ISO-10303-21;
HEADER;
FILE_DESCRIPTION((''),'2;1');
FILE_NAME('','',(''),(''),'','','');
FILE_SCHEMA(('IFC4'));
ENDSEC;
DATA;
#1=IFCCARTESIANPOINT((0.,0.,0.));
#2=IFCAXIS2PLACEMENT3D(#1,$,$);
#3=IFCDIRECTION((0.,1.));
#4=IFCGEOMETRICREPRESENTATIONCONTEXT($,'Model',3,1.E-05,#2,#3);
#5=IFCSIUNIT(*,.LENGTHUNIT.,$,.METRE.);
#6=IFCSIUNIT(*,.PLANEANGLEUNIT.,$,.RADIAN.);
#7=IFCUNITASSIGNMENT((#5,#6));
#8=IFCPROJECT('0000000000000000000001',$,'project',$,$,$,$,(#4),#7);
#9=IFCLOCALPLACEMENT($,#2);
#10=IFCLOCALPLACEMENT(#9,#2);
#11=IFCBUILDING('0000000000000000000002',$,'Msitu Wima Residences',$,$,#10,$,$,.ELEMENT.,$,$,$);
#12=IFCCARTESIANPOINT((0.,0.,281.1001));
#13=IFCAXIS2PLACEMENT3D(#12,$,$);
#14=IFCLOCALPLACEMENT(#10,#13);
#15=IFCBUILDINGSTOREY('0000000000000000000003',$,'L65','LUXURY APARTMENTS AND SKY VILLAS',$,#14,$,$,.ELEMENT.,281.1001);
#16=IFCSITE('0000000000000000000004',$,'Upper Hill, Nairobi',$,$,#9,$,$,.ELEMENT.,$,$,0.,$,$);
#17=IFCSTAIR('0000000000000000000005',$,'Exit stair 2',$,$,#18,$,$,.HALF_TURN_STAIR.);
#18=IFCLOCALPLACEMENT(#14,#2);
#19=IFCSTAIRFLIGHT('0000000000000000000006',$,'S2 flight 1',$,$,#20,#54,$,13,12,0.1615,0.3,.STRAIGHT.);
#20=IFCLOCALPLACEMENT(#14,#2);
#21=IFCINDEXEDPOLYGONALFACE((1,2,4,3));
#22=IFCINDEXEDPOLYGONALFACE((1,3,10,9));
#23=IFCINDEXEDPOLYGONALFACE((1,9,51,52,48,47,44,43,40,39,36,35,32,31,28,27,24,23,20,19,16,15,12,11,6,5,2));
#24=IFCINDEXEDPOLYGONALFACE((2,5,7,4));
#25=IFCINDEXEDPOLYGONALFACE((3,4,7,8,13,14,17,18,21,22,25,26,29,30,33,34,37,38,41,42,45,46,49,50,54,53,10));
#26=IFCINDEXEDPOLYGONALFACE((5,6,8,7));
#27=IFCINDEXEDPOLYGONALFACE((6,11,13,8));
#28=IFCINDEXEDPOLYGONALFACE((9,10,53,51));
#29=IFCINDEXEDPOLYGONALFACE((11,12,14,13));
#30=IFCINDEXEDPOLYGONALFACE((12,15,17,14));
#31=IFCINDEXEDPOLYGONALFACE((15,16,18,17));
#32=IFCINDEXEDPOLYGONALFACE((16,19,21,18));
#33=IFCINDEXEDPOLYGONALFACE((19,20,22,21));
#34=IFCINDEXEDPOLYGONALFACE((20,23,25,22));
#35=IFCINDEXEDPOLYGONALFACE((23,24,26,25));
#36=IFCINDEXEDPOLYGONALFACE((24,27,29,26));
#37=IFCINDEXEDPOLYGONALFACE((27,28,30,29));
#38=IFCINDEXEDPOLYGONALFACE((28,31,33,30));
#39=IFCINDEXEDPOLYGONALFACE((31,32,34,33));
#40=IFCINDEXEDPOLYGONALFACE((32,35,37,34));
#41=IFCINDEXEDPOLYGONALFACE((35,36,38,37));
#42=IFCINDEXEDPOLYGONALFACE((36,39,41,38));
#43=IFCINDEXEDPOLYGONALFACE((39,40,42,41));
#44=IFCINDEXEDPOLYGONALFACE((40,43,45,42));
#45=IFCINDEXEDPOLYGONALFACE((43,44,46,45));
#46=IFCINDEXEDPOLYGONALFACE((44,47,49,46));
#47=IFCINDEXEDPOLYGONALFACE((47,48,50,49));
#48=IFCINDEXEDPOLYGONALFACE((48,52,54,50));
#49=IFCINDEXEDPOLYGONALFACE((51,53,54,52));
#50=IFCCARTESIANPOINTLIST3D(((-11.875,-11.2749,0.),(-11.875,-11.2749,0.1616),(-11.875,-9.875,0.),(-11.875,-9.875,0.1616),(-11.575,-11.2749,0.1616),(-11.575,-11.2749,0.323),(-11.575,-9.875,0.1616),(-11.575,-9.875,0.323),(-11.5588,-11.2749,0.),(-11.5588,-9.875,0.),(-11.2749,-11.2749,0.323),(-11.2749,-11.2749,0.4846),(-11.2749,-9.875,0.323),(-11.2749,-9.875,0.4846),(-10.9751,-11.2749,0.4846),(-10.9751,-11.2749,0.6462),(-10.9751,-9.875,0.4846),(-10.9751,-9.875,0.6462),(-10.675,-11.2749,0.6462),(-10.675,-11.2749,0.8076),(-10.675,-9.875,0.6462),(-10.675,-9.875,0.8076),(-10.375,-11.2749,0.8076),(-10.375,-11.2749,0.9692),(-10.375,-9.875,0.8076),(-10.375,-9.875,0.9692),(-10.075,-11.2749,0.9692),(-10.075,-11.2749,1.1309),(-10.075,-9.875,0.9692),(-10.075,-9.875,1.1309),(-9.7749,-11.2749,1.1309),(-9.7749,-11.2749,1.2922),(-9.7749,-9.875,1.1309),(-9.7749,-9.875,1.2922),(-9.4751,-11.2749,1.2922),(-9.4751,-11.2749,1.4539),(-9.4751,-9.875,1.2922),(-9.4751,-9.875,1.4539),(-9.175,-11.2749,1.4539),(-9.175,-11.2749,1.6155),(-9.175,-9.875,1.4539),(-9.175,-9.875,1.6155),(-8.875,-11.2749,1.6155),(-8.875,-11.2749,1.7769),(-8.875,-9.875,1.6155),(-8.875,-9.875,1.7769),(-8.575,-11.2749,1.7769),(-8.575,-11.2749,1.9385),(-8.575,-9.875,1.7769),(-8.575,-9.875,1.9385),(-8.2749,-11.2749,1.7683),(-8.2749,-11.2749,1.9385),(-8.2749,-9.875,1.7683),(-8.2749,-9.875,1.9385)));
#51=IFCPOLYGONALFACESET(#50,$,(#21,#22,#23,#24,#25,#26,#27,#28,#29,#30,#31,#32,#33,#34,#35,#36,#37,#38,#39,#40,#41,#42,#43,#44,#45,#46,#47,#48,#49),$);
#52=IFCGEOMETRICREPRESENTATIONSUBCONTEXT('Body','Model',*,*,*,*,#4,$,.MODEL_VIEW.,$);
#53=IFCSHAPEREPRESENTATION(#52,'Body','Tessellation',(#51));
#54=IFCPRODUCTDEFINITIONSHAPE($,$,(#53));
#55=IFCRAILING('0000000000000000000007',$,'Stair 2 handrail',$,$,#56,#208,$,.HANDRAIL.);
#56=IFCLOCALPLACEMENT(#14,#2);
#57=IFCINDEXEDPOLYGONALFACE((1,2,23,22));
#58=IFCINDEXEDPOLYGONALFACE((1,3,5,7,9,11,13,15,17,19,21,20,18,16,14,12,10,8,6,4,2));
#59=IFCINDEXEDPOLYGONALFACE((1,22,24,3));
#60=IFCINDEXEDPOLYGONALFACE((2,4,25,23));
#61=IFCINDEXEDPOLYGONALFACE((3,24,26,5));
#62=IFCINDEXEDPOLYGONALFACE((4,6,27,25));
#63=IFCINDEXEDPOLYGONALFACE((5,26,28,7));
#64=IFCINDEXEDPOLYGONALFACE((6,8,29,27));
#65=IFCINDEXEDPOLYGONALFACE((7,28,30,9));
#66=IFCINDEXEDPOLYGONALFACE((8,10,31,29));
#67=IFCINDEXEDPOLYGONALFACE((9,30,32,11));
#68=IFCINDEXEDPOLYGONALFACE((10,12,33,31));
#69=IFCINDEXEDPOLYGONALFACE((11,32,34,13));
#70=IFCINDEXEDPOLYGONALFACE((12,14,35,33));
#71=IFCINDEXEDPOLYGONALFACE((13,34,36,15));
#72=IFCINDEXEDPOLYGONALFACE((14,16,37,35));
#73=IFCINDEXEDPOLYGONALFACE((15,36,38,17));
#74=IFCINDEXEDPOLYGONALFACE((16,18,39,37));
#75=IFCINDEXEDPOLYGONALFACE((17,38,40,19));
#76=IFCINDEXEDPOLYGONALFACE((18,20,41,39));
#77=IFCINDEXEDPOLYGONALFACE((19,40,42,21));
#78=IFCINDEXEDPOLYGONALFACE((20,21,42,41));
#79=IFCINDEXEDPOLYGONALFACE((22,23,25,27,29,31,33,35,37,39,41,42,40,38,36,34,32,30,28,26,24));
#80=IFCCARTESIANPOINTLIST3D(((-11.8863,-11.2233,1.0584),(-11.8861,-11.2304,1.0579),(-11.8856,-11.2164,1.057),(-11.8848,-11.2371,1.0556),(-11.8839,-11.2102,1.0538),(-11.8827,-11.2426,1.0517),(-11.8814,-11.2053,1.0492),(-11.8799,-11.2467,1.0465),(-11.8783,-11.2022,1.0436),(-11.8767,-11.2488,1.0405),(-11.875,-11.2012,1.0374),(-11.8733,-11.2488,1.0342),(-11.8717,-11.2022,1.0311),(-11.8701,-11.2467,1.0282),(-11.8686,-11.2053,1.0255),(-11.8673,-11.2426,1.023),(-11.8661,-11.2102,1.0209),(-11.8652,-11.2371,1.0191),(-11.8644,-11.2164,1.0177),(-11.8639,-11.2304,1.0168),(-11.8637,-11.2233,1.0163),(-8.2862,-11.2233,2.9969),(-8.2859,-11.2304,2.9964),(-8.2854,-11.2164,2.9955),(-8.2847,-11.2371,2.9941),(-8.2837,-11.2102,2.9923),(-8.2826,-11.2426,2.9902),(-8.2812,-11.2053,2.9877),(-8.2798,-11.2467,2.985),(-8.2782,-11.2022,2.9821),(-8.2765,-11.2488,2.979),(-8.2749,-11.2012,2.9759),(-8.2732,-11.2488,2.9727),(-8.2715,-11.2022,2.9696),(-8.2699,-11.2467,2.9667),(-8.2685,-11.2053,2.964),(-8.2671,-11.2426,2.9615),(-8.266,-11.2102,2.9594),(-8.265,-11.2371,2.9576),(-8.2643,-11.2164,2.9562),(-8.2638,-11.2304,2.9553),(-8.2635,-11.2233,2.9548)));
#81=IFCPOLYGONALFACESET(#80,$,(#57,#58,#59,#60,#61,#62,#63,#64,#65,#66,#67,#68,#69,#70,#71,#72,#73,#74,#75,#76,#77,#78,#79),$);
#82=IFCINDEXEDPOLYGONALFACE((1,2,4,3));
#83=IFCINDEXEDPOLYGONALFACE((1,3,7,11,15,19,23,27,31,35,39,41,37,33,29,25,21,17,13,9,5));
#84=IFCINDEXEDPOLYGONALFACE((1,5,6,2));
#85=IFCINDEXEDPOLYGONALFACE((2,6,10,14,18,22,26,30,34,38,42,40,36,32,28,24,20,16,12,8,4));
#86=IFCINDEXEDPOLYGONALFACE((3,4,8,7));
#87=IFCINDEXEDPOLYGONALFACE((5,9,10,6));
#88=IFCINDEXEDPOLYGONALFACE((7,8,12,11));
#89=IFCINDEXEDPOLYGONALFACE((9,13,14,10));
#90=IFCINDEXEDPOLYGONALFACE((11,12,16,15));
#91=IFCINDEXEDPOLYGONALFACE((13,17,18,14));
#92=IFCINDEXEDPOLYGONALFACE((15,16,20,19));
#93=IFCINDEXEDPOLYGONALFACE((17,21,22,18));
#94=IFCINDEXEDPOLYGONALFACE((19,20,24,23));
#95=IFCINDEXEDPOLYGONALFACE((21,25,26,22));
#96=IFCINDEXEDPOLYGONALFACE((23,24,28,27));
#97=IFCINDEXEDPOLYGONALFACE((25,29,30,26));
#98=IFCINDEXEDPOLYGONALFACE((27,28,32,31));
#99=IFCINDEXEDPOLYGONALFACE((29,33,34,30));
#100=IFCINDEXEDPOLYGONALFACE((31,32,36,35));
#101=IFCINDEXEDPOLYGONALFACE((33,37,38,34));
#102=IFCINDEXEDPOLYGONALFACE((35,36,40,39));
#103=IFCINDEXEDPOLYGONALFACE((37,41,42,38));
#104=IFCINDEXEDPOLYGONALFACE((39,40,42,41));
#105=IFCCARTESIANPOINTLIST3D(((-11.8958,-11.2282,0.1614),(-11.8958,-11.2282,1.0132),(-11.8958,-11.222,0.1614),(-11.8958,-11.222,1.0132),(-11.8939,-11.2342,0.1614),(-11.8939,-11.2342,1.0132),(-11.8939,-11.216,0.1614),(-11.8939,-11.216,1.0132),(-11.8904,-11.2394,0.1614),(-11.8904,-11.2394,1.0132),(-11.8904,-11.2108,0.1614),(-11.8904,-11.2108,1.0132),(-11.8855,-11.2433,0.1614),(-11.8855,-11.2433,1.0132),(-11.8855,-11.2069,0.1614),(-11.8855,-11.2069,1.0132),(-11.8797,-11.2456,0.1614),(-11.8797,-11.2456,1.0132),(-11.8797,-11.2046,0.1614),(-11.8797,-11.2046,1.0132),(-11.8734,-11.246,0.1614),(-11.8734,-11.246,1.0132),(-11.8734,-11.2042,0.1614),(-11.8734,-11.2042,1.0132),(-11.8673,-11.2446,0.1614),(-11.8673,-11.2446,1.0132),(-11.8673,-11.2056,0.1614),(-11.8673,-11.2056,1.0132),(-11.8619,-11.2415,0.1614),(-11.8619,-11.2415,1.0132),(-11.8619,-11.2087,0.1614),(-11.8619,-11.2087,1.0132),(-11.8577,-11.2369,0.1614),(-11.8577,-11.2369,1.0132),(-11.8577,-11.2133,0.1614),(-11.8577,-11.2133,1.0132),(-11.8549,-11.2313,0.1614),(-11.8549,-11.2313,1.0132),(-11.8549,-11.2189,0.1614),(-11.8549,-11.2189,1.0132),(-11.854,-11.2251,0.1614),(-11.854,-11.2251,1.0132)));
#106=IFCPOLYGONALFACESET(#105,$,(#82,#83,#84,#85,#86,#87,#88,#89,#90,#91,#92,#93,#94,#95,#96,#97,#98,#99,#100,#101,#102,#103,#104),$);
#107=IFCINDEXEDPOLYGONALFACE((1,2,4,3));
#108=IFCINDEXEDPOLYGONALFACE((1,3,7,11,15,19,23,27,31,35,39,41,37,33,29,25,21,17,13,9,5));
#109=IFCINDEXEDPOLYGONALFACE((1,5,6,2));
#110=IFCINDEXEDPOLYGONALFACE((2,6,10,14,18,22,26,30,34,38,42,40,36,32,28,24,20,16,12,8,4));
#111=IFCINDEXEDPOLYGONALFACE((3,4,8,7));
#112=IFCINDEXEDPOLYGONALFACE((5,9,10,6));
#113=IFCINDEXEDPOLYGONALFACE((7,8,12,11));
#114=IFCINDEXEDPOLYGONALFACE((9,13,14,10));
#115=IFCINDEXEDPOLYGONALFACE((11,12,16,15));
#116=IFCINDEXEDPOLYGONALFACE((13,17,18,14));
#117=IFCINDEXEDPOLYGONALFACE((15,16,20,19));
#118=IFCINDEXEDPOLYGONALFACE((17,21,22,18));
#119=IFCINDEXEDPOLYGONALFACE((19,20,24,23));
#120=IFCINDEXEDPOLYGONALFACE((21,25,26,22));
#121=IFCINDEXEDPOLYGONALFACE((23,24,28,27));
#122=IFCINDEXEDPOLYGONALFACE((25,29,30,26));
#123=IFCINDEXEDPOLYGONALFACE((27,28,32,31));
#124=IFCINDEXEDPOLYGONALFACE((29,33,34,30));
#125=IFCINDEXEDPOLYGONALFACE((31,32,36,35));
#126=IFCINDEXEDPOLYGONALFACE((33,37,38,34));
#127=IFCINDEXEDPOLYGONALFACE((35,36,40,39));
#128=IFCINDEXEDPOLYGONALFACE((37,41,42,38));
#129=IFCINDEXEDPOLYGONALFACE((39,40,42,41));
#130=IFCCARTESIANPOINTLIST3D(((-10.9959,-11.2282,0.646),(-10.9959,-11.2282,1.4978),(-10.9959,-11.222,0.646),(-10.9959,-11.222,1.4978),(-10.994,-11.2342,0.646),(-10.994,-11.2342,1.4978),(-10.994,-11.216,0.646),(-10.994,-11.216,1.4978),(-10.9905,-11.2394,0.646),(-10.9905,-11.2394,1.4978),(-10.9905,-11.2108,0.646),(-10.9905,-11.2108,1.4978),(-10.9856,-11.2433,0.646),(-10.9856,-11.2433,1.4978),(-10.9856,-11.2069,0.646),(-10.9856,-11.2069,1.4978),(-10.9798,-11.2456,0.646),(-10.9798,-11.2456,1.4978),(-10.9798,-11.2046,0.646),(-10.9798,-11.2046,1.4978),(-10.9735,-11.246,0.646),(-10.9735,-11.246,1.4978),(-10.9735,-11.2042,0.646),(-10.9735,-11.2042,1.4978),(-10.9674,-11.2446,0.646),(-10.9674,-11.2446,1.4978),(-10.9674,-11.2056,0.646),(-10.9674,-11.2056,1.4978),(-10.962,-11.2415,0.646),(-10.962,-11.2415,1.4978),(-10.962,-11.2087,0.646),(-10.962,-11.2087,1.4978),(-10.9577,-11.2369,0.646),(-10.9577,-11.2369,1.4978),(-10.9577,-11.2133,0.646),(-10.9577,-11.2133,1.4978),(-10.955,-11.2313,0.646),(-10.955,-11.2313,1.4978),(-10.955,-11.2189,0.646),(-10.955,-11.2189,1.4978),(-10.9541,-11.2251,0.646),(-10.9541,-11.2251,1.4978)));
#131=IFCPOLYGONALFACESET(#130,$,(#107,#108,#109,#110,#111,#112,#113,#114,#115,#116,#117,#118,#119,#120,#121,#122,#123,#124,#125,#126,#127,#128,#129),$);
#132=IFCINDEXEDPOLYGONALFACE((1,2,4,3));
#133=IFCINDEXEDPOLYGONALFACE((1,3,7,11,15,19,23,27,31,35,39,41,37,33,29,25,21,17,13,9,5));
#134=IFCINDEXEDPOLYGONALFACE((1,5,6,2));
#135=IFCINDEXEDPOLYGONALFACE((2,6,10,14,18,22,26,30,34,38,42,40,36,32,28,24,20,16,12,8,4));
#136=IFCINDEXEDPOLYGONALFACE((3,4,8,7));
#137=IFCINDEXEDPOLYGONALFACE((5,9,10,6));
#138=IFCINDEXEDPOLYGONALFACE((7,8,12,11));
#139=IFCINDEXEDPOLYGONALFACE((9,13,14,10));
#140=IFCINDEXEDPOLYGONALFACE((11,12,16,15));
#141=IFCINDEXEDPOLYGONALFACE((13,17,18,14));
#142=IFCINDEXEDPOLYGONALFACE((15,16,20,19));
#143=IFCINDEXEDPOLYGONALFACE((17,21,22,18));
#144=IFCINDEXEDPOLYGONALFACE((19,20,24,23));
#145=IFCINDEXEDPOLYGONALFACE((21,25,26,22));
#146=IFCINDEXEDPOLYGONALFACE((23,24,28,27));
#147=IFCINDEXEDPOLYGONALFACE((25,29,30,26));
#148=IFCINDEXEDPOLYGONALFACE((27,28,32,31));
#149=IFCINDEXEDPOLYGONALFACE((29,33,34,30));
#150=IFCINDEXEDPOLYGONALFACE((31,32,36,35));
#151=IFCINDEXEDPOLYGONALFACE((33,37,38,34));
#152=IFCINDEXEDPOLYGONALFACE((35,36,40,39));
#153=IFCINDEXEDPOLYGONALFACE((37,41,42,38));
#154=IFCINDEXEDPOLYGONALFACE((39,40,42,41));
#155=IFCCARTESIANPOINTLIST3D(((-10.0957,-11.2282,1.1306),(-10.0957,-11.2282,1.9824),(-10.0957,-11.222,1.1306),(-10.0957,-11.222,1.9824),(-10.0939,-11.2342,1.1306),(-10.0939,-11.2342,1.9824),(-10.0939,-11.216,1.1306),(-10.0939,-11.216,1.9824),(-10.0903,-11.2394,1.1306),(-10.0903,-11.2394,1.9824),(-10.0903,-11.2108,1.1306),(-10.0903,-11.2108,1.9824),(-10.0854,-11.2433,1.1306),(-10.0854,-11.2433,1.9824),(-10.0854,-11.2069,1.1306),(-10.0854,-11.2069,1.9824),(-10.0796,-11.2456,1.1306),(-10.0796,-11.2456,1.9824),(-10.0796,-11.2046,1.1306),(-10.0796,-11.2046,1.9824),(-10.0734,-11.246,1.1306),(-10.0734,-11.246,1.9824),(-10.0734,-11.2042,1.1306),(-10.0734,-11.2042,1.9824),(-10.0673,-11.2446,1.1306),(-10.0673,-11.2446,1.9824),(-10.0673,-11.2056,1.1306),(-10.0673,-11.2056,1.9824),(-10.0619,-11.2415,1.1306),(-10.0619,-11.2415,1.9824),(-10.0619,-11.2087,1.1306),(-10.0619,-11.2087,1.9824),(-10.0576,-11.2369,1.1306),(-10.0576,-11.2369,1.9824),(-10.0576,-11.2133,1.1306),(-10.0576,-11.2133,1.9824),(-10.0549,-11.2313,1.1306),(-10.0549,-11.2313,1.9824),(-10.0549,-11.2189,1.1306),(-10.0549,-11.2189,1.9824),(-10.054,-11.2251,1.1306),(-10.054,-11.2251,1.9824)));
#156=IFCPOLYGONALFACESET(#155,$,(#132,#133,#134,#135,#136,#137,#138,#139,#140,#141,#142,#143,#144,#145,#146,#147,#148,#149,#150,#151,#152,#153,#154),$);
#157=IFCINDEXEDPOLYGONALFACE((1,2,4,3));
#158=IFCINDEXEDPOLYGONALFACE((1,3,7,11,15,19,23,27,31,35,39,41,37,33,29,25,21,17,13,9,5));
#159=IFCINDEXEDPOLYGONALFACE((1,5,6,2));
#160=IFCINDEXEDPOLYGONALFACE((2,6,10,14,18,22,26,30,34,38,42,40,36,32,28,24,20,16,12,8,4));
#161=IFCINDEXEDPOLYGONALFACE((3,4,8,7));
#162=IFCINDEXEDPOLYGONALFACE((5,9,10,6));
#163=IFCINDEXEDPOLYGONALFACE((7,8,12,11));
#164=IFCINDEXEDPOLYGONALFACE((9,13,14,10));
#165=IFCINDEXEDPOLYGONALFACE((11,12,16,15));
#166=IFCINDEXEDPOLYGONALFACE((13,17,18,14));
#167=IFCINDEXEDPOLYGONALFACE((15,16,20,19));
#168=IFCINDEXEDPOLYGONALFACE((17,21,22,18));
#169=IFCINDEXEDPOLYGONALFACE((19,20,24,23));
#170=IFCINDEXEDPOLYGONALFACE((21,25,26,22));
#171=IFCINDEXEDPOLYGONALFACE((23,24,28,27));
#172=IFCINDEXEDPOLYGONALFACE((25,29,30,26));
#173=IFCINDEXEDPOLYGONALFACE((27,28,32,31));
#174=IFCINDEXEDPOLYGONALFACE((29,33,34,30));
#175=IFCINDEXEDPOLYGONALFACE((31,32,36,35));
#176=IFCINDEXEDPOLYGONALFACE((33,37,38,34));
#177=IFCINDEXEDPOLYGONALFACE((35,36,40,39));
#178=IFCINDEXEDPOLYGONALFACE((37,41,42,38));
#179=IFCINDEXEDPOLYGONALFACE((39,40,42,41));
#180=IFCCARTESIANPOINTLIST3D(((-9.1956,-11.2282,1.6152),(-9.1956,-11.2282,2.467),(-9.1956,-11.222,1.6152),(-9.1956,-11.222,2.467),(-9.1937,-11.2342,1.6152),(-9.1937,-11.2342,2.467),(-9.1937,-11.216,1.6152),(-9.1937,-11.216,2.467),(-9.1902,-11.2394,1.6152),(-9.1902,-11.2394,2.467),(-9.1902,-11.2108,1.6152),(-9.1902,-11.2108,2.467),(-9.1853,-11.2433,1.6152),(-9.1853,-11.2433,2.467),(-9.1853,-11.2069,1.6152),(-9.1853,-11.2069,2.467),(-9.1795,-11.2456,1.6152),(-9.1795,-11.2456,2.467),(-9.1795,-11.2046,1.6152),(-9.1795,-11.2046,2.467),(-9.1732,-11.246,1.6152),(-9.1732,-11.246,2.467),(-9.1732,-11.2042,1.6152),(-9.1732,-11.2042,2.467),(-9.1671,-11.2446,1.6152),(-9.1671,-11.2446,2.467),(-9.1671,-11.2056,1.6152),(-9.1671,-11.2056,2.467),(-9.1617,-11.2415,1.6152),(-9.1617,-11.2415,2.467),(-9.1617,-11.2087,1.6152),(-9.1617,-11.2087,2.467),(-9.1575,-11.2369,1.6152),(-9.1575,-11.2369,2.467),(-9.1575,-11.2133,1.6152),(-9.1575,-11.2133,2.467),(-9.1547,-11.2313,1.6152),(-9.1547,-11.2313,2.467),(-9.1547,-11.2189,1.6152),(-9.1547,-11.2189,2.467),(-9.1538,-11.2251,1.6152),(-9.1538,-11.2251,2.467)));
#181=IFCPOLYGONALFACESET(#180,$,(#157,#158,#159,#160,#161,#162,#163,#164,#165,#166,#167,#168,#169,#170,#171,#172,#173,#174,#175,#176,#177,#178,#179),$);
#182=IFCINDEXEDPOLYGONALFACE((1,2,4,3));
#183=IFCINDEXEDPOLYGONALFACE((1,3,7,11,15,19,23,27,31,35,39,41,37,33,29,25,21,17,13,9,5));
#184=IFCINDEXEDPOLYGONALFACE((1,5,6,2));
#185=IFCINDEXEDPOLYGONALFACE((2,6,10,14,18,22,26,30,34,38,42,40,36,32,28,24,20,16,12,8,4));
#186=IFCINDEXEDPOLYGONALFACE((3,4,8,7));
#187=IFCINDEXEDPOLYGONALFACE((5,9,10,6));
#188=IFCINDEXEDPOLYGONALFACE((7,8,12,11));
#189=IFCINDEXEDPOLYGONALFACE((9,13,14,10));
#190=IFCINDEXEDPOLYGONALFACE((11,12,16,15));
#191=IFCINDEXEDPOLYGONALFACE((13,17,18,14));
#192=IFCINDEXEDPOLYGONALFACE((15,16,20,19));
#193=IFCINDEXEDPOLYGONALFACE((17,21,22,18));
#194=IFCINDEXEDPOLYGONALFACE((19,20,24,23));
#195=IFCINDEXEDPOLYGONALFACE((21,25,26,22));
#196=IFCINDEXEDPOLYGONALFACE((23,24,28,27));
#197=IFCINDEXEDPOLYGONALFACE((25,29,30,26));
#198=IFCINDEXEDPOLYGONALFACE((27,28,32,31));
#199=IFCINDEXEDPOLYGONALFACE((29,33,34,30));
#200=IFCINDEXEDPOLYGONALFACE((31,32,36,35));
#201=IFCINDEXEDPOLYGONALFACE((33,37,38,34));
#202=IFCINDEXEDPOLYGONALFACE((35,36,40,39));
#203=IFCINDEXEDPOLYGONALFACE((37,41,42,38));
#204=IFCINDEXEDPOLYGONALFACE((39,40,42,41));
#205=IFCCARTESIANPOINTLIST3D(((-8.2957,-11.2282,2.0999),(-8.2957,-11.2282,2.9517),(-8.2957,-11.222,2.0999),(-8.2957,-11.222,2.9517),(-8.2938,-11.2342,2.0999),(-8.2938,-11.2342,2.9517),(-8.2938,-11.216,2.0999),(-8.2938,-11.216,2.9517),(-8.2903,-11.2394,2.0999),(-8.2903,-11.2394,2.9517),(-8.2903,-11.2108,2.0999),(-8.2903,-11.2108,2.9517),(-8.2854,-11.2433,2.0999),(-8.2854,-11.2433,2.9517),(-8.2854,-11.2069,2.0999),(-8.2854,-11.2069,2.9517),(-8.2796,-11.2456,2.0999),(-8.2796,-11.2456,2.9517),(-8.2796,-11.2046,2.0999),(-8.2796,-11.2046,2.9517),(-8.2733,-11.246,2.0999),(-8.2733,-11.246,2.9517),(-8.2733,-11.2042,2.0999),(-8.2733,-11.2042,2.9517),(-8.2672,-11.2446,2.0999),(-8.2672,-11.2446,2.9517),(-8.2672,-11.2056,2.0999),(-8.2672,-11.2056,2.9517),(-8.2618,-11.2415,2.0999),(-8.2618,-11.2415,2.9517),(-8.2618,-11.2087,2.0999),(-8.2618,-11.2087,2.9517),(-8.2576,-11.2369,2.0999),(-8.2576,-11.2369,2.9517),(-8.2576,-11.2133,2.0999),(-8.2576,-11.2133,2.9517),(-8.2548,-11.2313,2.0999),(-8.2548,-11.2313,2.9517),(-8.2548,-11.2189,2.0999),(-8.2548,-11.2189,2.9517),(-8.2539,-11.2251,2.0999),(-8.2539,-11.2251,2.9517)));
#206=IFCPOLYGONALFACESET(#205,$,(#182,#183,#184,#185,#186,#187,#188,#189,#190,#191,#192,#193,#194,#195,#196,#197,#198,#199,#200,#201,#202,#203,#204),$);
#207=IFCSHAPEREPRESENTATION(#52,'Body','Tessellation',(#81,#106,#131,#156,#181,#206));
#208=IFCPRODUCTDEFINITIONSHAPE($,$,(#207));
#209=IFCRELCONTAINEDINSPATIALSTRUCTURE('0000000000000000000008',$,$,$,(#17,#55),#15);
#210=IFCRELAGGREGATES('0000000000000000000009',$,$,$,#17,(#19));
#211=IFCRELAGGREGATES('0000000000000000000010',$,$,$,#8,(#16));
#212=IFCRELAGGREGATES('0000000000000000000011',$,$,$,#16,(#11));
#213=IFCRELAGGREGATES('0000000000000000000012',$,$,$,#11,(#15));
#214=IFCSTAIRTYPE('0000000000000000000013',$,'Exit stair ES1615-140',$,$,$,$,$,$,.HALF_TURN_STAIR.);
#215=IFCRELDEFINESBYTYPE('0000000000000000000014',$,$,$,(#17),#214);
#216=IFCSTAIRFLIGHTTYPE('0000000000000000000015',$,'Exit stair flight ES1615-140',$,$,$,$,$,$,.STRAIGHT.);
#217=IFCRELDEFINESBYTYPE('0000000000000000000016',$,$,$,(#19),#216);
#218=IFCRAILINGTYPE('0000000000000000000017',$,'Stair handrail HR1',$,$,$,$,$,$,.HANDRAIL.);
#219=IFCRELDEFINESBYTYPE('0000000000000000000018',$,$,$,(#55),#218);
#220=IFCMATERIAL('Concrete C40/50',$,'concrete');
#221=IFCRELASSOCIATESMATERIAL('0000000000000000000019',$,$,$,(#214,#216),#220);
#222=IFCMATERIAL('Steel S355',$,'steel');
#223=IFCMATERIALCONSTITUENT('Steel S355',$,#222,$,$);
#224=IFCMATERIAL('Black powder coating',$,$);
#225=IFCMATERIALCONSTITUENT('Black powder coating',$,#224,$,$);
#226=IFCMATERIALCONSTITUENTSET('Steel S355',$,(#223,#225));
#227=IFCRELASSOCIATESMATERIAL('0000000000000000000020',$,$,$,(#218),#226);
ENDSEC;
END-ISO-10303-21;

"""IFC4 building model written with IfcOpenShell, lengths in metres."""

from ifc_helpers import new_model, si_unit, direction, frame, origin, origin_2d, place, context, subcontext, project, spatial, polyline, circle, outline, extrude, material, constituent, constituent_set, type_object, element, aggregate, save


model = new_model("IFC4")

# Units and contexts
model_context = context("Model", 3, precision=1e-05, world=origin(), true_north=direction((0.0, 1.0)))
body_context = subcontext(model_context, "Body", "Model", "MODEL_VIEW")
ifc_project = project(units=[si_unit("LENGTHUNIT", "METRE"), si_unit("PLANEANGLEUNIT", "RADIAN")], contexts=[model_context])

# Site, building, storey
site_placement = place(None, origin())
site = spatial("IfcSite", under=ifc_project, at=site_placement, Name="Upper Hill, Nairobi", CompositionType="ELEMENT", RefElevation=0.0)
building_placement = place(site_placement, origin())
building = spatial("IfcBuilding", under=site, at=building_placement, Name="Msitu Wima Residences", CompositionType="ELEMENT")
storey_placement = place(building_placement, frame((0.0, 0.0, 281.1001)))
storey = spatial("IfcBuildingStorey", under=building, at=storey_placement, Name="L65", Description="LUXURY APARTMENTS AND SKY VILLAS", CompositionType="ELEMENT", Elevation=281.1001)

# Stair, stair flight
ifc_material_1 = material(Name="Concrete C40/50", Category="concrete")
stair_type = type_object("IfcStairType", Name="Exit stair ES1615-140", PredefinedType="HALF_TURN_STAIR", material=ifc_material_1)
stair_placement = place(storey_placement, origin())
stair = element("IfcStair", 1, at=stair_placement, inside=storey, type_object=stair_type, Name="Exit stair 2", PredefinedType="HALF_TURN_STAIR")
stair_flight_type = type_object("IfcStairFlightType", Name="Exit stair flight ES1615-140", PredefinedType="STRAIGHT", material=ifc_material_1)
stair_flight_placement = place(storey_placement, frame((-11.875, -10.575, 0.0), z_axis=(0.0, 0.0, 1.0), x_axis=(1.0, 0.0, 0.0)))
stair_flight = element("IfcStairFlight", 2, at=stair_flight_placement, type_object=stair_flight_type, Name="S2 flight 1", NumberOfRisers=13, NumberOfTreads=12, PredefinedType="STRAIGHT", RiserHeight=0.1615, TreadLength=0.3, context=body_context, shape_type="SweptSolid", body=[
    extrude(outline(polyline([(0.0, 0.0), (0.0, 0.1616), (0.3, 0.1616), (0.3, 0.323), (0.6001, 0.323), (0.6001, 0.4846), (0.8999, 0.4846), (0.8999, 0.6462), (1.2, 0.6462), (1.2, 0.8076), (1.5, 0.8076), (1.5, 0.9692), (1.8, 0.9692), (1.8, 1.1309), (2.1001, 1.1309), (2.1001, 1.2922), (2.3999, 1.2922), (2.3999, 1.4539), (2.7, 1.4539), (2.7, 1.6155), (3.0, 1.6155), (3.0, 1.7769), (3.3, 1.7769), (3.3, 1.9385), (3.6001, 1.9385), (3.6001, 2.1001), (3.6001, 1.7683), (0.3162, 0.0), (0.0, 0.0)])), frame((0.0, 0.7, 0.0), z_axis=(0.0, -1.0, 0.0), x_axis=(1.0, 0.0, 0.0)), (0.0, 0.0, 1.0), 1.3999),
])
aggregate(stair, [stair_flight])

# Railing
ifc_material_2 = material(Name="Steel S355", Category="steel")
ifc_constituent_1 = constituent(ifc_material_2, Name="Steel S355")
ifc_material_3 = material(Name="Black powder coating")
ifc_constituent_2 = constituent(ifc_material_3, Name="Black powder coating")
ifc_constituent_set = constituent_set(constituents=[ifc_constituent_1, ifc_constituent_2], Name="Steel S355")
railing_type = type_object("IfcRailingType", Name="Stair handrail HR1", PredefinedType="HANDRAIL", material=ifc_constituent_set)
for number, where, name in (
    (3, (-11.875, -11.2251, 0.1614), "Stair 2 handrail"),
):
    element("IfcRailing", number, at=place(storey_placement, frame(where)), inside=storey, type_object=railing_type, Name=name, PredefinedType="HANDRAIL", context=body_context, shape_type="SweptSolid", body=[
        extrude(circle(Radius=0.0239, at=origin_2d()), frame((0.0, 0.0, 0.876), z_axis=(0.880475, 0.0, 0.474093), x_axis=(0.0, 1.0, 0.0)), (0.0, 0.0, 1.0), 4.0889),
        extrude(circle(Radius=0.021, at=origin_2d()), origin(), (0.0, 0.0, 1.0), 0.8518),
        extrude(circle(Radius=0.021, at=origin_2d()), frame((0.8999, 0.0, 0.4846)), (0.0, 0.0, 1.0), 0.8518),
        extrude(circle(Radius=0.021, at=origin_2d()), frame((1.8, 0.0, 0.9692)), (0.0, 0.0, 1.0), 0.8518),
        extrude(circle(Radius=0.021, at=origin_2d()), frame((2.7002, 0.0, 1.4539)), (0.0, 0.0, 1.0), 0.8518),
        extrude(circle(Radius=0.021, at=origin_2d()), frame((3.6001, 0.0, 1.9385)), (0.0, 0.0, 1.0), 0.8518),
    ])

save(model, "model.ifc")
